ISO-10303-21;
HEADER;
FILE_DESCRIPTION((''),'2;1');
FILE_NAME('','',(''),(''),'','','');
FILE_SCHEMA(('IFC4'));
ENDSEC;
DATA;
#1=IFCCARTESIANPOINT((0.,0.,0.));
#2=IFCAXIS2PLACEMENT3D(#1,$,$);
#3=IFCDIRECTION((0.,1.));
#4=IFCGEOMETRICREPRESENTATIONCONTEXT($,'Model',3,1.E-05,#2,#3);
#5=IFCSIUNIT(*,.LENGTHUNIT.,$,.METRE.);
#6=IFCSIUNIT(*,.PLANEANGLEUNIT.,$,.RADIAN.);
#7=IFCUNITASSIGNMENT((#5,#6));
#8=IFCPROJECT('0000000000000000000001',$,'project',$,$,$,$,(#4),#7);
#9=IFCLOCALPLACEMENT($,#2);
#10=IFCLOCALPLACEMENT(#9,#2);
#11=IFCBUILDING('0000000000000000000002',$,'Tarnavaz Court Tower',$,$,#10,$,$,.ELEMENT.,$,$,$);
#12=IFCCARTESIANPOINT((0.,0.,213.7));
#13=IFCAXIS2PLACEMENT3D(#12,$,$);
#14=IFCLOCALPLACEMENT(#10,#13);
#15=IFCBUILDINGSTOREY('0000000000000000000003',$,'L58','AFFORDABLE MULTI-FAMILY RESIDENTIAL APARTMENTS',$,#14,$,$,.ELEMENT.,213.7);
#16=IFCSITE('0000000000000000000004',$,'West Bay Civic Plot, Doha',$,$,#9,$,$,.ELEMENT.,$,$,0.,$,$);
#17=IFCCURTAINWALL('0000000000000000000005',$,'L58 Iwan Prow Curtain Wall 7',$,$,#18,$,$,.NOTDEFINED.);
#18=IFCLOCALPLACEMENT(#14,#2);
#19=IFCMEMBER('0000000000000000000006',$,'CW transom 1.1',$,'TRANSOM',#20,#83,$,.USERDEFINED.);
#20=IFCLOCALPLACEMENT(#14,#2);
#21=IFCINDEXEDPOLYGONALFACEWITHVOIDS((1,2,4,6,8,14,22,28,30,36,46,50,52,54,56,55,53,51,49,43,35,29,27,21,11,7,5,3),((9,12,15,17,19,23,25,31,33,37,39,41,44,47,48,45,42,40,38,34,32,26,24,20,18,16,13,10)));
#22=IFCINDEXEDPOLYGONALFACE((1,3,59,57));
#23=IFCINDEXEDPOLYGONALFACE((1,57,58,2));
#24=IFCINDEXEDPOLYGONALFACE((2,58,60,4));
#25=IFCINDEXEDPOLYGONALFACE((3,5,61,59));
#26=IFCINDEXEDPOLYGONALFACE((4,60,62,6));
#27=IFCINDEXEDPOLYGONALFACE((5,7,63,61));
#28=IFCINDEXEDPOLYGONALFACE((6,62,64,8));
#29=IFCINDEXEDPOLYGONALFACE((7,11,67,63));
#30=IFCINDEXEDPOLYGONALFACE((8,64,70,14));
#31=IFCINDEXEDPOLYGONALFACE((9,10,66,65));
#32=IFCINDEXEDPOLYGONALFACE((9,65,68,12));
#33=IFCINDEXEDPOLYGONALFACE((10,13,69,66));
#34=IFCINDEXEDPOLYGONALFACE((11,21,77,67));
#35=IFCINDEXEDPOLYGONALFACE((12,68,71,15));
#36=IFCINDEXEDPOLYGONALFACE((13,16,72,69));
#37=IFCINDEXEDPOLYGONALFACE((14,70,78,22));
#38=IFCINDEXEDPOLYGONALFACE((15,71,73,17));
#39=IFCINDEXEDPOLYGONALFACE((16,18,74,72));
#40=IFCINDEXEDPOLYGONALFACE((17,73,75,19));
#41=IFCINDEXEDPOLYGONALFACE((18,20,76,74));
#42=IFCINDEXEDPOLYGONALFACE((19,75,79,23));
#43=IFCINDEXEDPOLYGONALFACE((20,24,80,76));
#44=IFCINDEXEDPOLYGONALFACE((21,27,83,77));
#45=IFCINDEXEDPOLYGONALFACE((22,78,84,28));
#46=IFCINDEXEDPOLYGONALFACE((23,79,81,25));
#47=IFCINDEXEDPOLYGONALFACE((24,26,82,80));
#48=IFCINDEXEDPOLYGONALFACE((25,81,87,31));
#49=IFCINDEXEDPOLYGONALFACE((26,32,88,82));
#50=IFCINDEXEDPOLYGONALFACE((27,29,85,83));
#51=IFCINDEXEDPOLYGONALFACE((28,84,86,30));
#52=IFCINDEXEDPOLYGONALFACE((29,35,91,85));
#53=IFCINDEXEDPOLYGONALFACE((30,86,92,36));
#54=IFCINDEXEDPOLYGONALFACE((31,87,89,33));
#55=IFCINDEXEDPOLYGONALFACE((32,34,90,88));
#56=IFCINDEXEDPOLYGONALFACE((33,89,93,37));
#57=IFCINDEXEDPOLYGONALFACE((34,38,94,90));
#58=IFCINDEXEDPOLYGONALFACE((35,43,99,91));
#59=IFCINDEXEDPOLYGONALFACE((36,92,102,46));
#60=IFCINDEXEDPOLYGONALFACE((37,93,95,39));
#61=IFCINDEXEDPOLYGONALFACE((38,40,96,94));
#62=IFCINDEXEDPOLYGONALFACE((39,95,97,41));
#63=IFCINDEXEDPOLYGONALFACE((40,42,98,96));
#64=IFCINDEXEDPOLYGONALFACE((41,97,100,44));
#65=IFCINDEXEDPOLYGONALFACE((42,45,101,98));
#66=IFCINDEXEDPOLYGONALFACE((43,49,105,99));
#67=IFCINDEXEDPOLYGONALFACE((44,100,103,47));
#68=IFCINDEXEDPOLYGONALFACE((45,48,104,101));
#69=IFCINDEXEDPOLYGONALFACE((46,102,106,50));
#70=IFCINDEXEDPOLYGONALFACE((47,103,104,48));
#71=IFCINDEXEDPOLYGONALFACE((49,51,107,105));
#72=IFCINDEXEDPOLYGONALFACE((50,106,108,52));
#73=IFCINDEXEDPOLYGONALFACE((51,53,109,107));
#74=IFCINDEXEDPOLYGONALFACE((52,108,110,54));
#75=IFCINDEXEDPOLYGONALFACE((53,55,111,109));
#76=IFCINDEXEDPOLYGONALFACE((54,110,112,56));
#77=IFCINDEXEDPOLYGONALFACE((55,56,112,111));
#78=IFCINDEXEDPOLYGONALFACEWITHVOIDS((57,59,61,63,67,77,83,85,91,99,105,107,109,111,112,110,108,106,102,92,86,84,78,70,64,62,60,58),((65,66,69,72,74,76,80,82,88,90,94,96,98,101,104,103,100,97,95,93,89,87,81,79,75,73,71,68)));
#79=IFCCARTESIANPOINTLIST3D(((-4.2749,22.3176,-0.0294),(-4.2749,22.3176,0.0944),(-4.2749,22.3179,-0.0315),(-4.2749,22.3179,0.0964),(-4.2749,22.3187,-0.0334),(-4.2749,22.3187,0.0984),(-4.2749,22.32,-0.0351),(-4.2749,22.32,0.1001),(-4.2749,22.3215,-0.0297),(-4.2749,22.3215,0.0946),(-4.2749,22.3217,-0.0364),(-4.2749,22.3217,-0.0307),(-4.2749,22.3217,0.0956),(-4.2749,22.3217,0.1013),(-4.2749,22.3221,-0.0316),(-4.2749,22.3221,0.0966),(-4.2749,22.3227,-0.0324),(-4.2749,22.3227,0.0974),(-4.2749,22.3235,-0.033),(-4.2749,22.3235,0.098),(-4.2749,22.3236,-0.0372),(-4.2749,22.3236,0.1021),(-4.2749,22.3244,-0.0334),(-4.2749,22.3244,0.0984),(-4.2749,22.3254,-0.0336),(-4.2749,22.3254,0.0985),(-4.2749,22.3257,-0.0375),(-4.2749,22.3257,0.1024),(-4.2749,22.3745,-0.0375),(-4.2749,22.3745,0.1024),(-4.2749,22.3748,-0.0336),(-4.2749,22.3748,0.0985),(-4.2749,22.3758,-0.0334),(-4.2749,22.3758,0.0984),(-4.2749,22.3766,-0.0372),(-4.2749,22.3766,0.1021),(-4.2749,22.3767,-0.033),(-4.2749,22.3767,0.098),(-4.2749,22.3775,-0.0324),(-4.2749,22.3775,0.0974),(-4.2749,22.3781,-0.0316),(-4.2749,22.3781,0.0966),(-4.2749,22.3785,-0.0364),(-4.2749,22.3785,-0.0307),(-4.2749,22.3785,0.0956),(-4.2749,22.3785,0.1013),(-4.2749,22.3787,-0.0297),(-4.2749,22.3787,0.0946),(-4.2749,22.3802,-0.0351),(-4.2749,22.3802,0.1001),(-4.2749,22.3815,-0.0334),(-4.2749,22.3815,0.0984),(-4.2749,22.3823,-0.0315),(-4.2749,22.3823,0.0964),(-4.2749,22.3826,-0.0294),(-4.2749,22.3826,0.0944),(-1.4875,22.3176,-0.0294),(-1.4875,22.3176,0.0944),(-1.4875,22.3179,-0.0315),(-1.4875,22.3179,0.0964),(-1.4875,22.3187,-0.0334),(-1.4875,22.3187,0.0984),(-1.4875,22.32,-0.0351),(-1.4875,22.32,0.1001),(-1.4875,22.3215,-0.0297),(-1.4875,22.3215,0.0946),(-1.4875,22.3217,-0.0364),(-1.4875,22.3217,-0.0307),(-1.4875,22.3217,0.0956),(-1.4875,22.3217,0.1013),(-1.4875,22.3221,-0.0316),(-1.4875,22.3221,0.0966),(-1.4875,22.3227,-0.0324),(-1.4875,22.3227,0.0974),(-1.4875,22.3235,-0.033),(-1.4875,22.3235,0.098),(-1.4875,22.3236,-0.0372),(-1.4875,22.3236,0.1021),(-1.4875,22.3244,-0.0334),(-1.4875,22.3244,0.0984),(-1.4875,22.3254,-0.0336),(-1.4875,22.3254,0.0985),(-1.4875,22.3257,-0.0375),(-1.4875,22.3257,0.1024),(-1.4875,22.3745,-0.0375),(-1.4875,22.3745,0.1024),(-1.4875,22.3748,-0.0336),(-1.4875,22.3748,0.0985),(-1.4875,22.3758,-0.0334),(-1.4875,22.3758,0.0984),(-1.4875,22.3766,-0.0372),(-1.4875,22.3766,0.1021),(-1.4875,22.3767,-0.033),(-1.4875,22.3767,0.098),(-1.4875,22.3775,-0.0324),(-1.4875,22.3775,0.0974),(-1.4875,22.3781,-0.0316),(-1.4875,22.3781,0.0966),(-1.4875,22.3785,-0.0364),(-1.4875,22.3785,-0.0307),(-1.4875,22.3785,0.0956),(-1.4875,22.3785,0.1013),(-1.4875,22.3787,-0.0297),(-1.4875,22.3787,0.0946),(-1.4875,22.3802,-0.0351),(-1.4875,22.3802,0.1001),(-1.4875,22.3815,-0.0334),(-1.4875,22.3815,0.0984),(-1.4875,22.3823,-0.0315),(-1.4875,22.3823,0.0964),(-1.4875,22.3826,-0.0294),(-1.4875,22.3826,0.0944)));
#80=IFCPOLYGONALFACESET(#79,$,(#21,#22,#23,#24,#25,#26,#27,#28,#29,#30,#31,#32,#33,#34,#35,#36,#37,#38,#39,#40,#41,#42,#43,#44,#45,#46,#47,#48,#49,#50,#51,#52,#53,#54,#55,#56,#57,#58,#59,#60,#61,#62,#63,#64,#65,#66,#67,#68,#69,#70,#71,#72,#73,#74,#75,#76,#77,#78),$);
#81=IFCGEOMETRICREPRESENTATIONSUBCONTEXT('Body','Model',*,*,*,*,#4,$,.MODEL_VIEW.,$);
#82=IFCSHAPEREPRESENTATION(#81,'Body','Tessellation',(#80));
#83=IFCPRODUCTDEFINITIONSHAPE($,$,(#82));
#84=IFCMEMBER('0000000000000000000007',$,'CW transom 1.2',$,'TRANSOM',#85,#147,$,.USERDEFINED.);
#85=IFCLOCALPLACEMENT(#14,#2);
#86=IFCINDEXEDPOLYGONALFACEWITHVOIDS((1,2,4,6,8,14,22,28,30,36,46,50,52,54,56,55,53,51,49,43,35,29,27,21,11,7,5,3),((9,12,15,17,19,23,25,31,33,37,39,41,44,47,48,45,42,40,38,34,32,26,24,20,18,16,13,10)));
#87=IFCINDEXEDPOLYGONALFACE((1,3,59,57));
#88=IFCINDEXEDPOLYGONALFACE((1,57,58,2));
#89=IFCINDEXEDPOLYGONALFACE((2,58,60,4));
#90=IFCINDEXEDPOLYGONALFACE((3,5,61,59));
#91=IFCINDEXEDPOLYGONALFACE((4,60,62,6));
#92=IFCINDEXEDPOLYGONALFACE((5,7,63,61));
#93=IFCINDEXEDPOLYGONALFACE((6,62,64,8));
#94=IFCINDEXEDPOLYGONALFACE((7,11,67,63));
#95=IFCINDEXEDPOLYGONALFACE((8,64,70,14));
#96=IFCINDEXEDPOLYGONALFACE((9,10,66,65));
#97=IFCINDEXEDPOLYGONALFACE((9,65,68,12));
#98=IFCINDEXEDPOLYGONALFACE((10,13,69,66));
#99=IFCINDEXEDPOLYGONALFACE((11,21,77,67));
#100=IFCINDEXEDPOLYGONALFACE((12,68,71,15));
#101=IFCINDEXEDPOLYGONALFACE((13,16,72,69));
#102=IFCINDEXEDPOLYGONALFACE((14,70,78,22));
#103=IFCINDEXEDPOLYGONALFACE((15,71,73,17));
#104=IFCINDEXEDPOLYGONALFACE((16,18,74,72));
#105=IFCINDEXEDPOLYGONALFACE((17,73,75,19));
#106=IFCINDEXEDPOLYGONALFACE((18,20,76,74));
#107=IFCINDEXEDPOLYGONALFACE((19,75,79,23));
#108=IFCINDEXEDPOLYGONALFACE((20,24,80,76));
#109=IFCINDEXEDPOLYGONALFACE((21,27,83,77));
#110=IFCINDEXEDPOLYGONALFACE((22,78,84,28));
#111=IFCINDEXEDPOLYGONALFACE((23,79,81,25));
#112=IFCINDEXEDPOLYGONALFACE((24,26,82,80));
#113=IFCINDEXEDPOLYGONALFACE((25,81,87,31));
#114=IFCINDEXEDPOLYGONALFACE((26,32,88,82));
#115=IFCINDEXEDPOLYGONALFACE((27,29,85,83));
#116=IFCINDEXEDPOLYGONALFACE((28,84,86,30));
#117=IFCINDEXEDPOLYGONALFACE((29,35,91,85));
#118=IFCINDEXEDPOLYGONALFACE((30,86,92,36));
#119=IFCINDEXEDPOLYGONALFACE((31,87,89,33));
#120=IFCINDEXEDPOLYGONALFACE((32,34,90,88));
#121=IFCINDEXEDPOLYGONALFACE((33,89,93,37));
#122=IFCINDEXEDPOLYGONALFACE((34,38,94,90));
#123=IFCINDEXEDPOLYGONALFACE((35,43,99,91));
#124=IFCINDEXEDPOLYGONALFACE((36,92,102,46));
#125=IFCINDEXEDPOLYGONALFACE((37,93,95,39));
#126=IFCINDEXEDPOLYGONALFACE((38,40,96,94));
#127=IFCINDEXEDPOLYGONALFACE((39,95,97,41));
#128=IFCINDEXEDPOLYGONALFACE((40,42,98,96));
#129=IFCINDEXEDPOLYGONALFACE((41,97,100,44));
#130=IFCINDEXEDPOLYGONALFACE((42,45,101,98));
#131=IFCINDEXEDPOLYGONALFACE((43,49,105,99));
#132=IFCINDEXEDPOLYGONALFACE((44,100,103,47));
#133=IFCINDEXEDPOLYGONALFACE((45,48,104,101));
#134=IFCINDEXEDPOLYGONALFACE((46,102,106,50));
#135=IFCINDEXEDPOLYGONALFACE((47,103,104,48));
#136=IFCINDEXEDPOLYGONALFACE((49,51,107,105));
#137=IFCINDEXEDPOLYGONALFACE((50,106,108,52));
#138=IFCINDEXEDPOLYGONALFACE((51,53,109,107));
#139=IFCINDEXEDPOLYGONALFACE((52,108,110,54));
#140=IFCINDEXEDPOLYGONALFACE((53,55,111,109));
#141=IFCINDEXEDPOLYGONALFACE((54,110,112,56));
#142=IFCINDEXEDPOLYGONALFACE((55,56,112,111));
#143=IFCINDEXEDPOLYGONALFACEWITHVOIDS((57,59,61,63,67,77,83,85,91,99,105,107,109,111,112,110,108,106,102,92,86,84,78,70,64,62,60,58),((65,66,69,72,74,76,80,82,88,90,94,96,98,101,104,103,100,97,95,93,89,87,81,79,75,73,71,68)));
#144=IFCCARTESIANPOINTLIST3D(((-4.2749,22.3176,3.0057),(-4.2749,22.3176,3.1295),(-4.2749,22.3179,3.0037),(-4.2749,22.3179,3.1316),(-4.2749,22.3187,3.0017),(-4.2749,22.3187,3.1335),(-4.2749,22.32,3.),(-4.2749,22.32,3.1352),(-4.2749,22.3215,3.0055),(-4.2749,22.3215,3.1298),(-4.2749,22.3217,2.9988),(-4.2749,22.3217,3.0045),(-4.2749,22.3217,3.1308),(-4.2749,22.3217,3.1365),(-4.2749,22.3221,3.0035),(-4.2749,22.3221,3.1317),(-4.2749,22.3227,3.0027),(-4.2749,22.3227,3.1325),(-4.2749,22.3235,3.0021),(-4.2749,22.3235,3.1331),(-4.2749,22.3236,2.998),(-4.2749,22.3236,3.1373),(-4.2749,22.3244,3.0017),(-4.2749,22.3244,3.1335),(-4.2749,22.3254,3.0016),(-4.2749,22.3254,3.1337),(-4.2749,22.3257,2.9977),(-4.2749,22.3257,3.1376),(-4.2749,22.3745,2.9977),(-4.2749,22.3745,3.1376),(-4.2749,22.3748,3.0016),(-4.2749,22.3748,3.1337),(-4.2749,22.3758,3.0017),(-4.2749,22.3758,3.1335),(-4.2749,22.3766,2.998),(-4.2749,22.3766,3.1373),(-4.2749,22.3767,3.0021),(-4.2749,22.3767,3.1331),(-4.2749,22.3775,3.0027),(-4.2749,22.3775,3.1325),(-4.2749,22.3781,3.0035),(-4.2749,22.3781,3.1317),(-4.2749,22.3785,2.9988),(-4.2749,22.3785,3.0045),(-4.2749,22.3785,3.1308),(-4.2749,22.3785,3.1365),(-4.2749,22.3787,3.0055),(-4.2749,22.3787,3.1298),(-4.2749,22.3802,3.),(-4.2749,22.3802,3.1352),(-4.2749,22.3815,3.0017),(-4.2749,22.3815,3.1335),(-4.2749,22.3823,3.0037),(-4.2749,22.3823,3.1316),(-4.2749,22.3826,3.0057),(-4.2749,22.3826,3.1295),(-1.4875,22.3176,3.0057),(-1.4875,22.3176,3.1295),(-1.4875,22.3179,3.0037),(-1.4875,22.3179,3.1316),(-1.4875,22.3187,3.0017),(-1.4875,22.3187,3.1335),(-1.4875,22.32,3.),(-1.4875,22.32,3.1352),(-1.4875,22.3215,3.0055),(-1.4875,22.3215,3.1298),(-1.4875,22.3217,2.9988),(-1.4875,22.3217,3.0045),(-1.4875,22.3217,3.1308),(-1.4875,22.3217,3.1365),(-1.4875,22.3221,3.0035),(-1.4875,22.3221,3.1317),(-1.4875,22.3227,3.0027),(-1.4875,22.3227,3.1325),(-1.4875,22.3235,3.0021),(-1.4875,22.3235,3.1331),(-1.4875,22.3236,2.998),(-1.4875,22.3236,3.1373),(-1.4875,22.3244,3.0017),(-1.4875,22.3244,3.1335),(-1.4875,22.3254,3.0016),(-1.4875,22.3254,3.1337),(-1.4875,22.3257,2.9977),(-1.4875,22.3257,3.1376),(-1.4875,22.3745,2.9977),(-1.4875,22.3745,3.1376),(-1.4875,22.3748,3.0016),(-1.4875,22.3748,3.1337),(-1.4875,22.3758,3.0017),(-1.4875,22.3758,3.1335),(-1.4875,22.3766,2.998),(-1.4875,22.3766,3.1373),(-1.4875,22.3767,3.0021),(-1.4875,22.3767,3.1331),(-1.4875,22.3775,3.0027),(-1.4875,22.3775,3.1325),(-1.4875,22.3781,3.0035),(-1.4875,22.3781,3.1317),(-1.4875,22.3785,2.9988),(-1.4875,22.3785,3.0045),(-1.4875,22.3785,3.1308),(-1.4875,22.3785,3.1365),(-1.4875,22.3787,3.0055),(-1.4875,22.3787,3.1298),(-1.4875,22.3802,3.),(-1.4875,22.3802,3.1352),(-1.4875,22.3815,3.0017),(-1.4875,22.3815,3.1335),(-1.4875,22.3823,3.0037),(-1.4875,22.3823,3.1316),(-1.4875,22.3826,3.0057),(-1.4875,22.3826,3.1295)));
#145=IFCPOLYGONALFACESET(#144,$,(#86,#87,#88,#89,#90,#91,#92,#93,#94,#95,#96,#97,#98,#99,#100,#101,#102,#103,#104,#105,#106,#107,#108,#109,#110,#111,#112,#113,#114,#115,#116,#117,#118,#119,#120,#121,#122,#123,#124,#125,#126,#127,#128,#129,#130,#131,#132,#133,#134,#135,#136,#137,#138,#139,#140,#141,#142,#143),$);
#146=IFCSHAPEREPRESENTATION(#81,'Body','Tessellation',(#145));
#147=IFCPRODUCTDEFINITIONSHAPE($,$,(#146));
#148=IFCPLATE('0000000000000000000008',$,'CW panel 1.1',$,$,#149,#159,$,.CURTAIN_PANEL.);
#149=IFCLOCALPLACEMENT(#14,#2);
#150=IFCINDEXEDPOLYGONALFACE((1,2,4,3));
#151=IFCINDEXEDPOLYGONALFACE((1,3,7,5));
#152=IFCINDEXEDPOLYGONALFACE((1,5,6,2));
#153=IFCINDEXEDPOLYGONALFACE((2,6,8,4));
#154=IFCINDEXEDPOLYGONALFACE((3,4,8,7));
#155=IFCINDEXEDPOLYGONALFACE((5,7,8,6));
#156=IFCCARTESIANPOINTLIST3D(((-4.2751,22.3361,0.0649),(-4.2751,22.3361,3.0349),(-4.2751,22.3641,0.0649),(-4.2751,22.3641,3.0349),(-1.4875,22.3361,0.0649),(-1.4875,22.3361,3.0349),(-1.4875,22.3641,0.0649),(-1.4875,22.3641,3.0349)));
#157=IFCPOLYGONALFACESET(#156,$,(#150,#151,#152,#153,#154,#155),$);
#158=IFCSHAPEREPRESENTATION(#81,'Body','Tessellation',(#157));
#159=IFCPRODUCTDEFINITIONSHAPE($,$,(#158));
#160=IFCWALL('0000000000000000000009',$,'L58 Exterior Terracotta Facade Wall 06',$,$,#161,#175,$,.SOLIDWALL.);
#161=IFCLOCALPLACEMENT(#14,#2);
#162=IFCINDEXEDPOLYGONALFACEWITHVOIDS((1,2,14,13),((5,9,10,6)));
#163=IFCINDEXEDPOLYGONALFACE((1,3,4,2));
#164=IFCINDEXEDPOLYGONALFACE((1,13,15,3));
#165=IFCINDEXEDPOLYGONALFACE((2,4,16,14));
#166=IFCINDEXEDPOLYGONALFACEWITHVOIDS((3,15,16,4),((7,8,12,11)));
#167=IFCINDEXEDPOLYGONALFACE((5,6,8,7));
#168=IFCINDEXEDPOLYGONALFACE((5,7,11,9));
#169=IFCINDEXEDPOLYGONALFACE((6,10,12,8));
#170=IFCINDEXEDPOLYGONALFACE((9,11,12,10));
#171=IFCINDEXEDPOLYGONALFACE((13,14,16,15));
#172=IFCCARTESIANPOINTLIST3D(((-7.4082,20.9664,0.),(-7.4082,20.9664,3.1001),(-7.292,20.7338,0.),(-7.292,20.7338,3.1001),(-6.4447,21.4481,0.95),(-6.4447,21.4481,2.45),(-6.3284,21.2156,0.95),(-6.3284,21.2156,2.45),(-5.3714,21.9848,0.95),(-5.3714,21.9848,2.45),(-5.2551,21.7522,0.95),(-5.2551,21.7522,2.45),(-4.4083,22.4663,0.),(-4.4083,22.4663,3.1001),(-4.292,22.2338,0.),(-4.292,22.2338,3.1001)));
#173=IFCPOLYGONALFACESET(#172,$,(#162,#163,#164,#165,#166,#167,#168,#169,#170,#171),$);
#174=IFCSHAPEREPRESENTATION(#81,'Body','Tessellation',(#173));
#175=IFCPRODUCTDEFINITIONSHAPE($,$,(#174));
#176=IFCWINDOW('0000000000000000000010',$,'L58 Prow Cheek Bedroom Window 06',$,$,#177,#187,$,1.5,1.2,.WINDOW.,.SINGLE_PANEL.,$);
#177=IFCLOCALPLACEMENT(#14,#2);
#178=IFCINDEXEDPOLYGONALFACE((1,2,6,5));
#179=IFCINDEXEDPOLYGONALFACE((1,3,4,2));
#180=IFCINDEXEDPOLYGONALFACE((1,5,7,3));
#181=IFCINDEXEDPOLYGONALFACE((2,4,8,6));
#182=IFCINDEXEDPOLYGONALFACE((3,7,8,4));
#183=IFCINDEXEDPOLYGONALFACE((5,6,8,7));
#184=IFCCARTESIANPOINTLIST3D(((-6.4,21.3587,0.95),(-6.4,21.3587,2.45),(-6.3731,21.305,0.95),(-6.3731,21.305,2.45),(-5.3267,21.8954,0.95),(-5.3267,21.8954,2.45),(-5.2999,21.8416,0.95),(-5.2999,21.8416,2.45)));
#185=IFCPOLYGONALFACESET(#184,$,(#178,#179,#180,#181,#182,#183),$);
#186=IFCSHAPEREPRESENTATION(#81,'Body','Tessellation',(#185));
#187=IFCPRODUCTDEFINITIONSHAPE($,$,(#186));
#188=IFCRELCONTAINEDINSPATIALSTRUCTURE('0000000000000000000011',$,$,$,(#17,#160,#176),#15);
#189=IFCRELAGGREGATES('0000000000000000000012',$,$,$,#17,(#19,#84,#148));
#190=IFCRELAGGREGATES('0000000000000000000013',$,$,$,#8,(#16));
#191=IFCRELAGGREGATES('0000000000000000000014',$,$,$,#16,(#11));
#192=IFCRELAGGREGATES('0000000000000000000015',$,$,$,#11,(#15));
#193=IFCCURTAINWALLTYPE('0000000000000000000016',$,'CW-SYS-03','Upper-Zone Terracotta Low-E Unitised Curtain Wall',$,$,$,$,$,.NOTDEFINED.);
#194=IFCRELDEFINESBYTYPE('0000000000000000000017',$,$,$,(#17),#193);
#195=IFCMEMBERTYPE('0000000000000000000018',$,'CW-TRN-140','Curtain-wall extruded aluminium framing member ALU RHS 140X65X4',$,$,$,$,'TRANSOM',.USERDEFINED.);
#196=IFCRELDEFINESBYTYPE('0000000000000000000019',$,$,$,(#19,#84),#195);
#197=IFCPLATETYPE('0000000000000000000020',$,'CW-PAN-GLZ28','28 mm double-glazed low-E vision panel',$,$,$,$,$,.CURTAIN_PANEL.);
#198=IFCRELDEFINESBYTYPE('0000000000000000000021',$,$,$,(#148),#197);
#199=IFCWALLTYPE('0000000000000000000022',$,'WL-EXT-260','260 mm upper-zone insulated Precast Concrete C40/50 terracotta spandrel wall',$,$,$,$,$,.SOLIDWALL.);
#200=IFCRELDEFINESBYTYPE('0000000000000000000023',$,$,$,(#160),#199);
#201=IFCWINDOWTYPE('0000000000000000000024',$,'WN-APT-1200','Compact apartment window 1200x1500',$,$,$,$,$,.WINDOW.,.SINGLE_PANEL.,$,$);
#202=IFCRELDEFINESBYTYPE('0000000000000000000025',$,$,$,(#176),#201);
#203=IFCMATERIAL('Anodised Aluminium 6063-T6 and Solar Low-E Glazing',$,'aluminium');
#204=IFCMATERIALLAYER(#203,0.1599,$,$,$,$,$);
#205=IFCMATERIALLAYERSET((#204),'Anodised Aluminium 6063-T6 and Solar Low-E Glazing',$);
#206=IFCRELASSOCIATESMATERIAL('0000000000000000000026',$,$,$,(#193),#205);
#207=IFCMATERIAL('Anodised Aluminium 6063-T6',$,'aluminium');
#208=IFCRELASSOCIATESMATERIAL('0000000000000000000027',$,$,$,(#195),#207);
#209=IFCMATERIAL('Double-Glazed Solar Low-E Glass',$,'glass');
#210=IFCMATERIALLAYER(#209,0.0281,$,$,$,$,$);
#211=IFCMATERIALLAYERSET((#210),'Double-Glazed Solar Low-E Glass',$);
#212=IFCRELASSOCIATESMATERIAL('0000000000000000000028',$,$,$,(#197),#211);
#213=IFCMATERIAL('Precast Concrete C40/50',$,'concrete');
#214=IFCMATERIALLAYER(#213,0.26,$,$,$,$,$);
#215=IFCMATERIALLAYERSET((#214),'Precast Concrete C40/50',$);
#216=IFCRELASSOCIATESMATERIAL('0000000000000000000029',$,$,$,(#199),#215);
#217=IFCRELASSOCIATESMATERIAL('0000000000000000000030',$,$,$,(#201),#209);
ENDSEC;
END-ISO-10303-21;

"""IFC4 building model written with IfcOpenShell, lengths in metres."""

from ifc_helpers import new_model, si_unit, direction, frame, frame_2d, origin, origin_2d, place, context, subcontext, project, spatial, rectangle, hollow_rectangle, extrude, material, layer, layer_set, material_profile, profile_set, type_object, element, fill, aggregate, save


model = new_model("IFC4")

# Units and contexts
model_context = context("Model", 3, precision=1e-05, world=origin(), true_north=direction((0.0, 1.0)))
body_context = subcontext(model_context, "Body", "Model", "MODEL_VIEW")
ifc_project = project(units=[si_unit("LENGTHUNIT", "METRE"), si_unit("PLANEANGLEUNIT", "RADIAN")], contexts=[model_context])

# Site, building, storey
site_placement = place(None, origin())
site = spatial("IfcSite", under=ifc_project, at=site_placement, Name="West Bay Civic Plot, Doha", CompositionType="ELEMENT", RefElevation=0.0)
building_placement = place(site_placement, origin())
building = spatial("IfcBuilding", under=site, at=building_placement, Name="Tarnavaz Court Tower", CompositionType="ELEMENT")
storey_placement = place(building_placement, frame((0.0, 0.0, 213.7)))
storey = spatial("IfcBuildingStorey", under=building, at=storey_placement, Name="L58", Description="AFFORDABLE MULTI-FAMILY RESIDENTIAL APARTMENTS", CompositionType="ELEMENT", Elevation=213.7)

# Curtain wall, members, plate
ifc_material_1 = material(Name="Anodised Aluminium 6063-T6 and Solar Low-E Glazing", Category="aluminium")
ifc_layer_1 = layer(ifc_material_1, 0.1599)
ifc_layer_set_1 = layer_set([ifc_layer_1], Name="Anodised Aluminium 6063-T6 and Solar Low-E Glazing")
curtain_wall_type = type_object("IfcCurtainWallType", Name="CW-SYS-03", Description="Upper-Zone Terracotta Low-E Unitised Curtain Wall", PredefinedType="NOTDEFINED", material=ifc_layer_set_1)
curtain_wall_placement = place(storey_placement, origin())
curtain_wall = element("IfcCurtainWall", 1, at=curtain_wall_placement, inside=storey, type_object=curtain_wall_type, Name="L58 Iwan Prow Curtain Wall 7", PredefinedType="NOTDEFINED")
ifc_material_2 = material(Name="Anodised Aluminium 6063-T6", Category="aluminium")
ifc_material_profile_1 = material_profile(ifc_material_2, hollow_rectangle(XDim=0.0649, YDim=0.1399, WallThickness=0.0039, InnerFilletRadius=0.0039, OuterFilletRadius=0.0081, at=origin_2d()), Name="ALU RHS 140X65X4")
ifc_profile_set_1 = profile_set([ifc_material_profile_1], Name="Anodised Aluminium 6063-T6")
member_type_1 = type_object("IfcMemberType", Name="CW-TRN-140", Description="Curtain-wall extruded aluminium framing member ALU RHS 140X65X4", ElementType="TRANSOM", PredefinedType="USERDEFINED", material=ifc_profile_set_1)
member_1_placement = place(storey_placement, frame((-4.2749, 22.3501, 0.0325), z_axis=(1.0, 0.0, 0.0), x_axis=(0.0, 1.0, 0.0)))
member_1 = element("IfcMember", 2, at=member_1_placement, type_object=member_type_1, Name="CW transom 1.1", ObjectType="TRANSOM", PredefinedType="USERDEFINED", context=body_context, shape_type="SweptSolid", body=[
    extrude(hollow_rectangle(XDim=0.0649, YDim=0.1399, WallThickness=0.0039, InnerFilletRadius=0.0039, OuterFilletRadius=0.0081, at=origin_2d()), origin(), (0.0, 0.0, 1.0), 2.7874),
])
member_2_placement = place(storey_placement, frame((-4.2749, 22.3501, 3.0676), z_axis=(1.0, 0.0, 0.0), x_axis=(0.0, 1.0, 0.0)))
member_2 = element("IfcMember", 3, at=member_2_placement, type_object=member_type_1, Name="CW transom 1.2", ObjectType="TRANSOM", PredefinedType="USERDEFINED", context=body_context, shape_type="SweptSolid", body=[
    extrude(hollow_rectangle(XDim=0.0649, YDim=0.1399, WallThickness=0.0039, InnerFilletRadius=0.0039, OuterFilletRadius=0.0081, at=origin_2d()), origin(), (0.0, 0.0, 1.0), 2.7874),
])
ifc_material_3 = material(Name="Double-Glazed Solar Low-E Glass", Category="glass")
ifc_layer_2 = layer(ifc_material_3, 0.0281)
ifc_layer_set_2 = layer_set([ifc_layer_2], Name="Double-Glazed Solar Low-E Glass")
plate_type = type_object("IfcPlateType", Name="CW-PAN-GLZ28", Description="28 mm double-glazed low-E vision panel", PredefinedType="CURTAIN_PANEL", material=ifc_layer_set_2)
plate_placement = place(storey_placement, frame((-2.8813, 22.3501, 0.0649), z_axis=(0.0, 0.0, 1.0), x_axis=(1.0, 0.0, 0.0)))
plate = element("IfcPlate", 4, at=plate_placement, type_object=plate_type, Name="CW panel 1.1", PredefinedType="CURTAIN_PANEL", context=body_context, shape_type="SweptSolid", body=[
    extrude(rectangle(XDim=2.7876, YDim=0.0281, at=origin_2d()), origin(), (0.0, 0.0, 1.0), 2.97),
])
aggregate(curtain_wall, [member_1, member_2, plate])

# Wall, opening, window
ifc_material_4 = material(Name="Precast Concrete C40/50", Category="concrete")
ifc_layer_3 = layer(ifc_material_4, 0.26)
ifc_layer_set_3 = layer_set([ifc_layer_3], Name="Precast Concrete C40/50")
wall_type_1 = type_object("IfcWallType", Name="WL-EXT-260", Description="260 mm upper-zone insulated Precast Concrete C40/50 terracotta spandrel wall", PredefinedType="SOLIDWALL", material=ifc_layer_set_3)
wall_1_placement = place(storey_placement, frame((-7.3501, 20.8501, 0.0), z_axis=(0.0, 0.0, 1.0), x_axis=(0.894427, 0.447214, 0.0)))
wall_1 = element("IfcWall", 5, at=wall_1_placement, inside=storey, type_object=wall_type_1, Name="L58 Exterior Terracotta Facade Wall 06", PredefinedType="SOLIDWALL", context=body_context, shape_type="SweptSolid", body=[
    extrude(rectangle(XDim=3.354, YDim=0.26, at=frame_2d((1.677, 0.0))), origin(), (0.0, 0.0, 1.0), 3.1001),
])
opening_1_placement = place(wall_1_placement, frame((1.0771, 0.0, 0.95)))
opening_1 = element("IfcOpeningElement", 6, at=opening_1_placement, cuts=wall_1, PredefinedType="OPENING", context=body_context, shape_type="SweptSolid", body=[
    extrude(rectangle(XDim=1.2, YDim=1.5, at=frame_2d((0.6001, 0.75))), frame((0.0, 0.1399, 0.0), z_axis=(0.0, -1.0, 0.0), x_axis=(1.0, 0.0, 0.0)), (0.0, 0.0, 1.0), 0.28),
])
window_type = type_object("IfcWindowType", Name="WN-APT-1200", Description="Compact apartment window 1200x1500", PartitioningType="SINGLE_PANEL", PredefinedType="WINDOW", material=ifc_material_3)
window_placement = place(opening_1_placement, origin())
window = element("IfcWindow", 7, at=window_placement, inside=storey, type_object=window_type, Name="L58 Prow Cheek Bedroom Window 06", OverallHeight=1.5, OverallWidth=1.2, PartitioningType="SINGLE_PANEL", PredefinedType="WINDOW", context=body_context, shape_type="SweptSolid", body=[
    extrude(rectangle(XDim=1.2, YDim=1.5, at=frame_2d((0.6001, 0.75))), frame((0.0, 0.03, 0.0), z_axis=(0.0, -1.0, 0.0), x_axis=(1.0, 0.0, 0.0)), (0.0, 0.0, 1.0), 0.0601),
])
fill(opening_1, window)

save(model, "model.ifc")
